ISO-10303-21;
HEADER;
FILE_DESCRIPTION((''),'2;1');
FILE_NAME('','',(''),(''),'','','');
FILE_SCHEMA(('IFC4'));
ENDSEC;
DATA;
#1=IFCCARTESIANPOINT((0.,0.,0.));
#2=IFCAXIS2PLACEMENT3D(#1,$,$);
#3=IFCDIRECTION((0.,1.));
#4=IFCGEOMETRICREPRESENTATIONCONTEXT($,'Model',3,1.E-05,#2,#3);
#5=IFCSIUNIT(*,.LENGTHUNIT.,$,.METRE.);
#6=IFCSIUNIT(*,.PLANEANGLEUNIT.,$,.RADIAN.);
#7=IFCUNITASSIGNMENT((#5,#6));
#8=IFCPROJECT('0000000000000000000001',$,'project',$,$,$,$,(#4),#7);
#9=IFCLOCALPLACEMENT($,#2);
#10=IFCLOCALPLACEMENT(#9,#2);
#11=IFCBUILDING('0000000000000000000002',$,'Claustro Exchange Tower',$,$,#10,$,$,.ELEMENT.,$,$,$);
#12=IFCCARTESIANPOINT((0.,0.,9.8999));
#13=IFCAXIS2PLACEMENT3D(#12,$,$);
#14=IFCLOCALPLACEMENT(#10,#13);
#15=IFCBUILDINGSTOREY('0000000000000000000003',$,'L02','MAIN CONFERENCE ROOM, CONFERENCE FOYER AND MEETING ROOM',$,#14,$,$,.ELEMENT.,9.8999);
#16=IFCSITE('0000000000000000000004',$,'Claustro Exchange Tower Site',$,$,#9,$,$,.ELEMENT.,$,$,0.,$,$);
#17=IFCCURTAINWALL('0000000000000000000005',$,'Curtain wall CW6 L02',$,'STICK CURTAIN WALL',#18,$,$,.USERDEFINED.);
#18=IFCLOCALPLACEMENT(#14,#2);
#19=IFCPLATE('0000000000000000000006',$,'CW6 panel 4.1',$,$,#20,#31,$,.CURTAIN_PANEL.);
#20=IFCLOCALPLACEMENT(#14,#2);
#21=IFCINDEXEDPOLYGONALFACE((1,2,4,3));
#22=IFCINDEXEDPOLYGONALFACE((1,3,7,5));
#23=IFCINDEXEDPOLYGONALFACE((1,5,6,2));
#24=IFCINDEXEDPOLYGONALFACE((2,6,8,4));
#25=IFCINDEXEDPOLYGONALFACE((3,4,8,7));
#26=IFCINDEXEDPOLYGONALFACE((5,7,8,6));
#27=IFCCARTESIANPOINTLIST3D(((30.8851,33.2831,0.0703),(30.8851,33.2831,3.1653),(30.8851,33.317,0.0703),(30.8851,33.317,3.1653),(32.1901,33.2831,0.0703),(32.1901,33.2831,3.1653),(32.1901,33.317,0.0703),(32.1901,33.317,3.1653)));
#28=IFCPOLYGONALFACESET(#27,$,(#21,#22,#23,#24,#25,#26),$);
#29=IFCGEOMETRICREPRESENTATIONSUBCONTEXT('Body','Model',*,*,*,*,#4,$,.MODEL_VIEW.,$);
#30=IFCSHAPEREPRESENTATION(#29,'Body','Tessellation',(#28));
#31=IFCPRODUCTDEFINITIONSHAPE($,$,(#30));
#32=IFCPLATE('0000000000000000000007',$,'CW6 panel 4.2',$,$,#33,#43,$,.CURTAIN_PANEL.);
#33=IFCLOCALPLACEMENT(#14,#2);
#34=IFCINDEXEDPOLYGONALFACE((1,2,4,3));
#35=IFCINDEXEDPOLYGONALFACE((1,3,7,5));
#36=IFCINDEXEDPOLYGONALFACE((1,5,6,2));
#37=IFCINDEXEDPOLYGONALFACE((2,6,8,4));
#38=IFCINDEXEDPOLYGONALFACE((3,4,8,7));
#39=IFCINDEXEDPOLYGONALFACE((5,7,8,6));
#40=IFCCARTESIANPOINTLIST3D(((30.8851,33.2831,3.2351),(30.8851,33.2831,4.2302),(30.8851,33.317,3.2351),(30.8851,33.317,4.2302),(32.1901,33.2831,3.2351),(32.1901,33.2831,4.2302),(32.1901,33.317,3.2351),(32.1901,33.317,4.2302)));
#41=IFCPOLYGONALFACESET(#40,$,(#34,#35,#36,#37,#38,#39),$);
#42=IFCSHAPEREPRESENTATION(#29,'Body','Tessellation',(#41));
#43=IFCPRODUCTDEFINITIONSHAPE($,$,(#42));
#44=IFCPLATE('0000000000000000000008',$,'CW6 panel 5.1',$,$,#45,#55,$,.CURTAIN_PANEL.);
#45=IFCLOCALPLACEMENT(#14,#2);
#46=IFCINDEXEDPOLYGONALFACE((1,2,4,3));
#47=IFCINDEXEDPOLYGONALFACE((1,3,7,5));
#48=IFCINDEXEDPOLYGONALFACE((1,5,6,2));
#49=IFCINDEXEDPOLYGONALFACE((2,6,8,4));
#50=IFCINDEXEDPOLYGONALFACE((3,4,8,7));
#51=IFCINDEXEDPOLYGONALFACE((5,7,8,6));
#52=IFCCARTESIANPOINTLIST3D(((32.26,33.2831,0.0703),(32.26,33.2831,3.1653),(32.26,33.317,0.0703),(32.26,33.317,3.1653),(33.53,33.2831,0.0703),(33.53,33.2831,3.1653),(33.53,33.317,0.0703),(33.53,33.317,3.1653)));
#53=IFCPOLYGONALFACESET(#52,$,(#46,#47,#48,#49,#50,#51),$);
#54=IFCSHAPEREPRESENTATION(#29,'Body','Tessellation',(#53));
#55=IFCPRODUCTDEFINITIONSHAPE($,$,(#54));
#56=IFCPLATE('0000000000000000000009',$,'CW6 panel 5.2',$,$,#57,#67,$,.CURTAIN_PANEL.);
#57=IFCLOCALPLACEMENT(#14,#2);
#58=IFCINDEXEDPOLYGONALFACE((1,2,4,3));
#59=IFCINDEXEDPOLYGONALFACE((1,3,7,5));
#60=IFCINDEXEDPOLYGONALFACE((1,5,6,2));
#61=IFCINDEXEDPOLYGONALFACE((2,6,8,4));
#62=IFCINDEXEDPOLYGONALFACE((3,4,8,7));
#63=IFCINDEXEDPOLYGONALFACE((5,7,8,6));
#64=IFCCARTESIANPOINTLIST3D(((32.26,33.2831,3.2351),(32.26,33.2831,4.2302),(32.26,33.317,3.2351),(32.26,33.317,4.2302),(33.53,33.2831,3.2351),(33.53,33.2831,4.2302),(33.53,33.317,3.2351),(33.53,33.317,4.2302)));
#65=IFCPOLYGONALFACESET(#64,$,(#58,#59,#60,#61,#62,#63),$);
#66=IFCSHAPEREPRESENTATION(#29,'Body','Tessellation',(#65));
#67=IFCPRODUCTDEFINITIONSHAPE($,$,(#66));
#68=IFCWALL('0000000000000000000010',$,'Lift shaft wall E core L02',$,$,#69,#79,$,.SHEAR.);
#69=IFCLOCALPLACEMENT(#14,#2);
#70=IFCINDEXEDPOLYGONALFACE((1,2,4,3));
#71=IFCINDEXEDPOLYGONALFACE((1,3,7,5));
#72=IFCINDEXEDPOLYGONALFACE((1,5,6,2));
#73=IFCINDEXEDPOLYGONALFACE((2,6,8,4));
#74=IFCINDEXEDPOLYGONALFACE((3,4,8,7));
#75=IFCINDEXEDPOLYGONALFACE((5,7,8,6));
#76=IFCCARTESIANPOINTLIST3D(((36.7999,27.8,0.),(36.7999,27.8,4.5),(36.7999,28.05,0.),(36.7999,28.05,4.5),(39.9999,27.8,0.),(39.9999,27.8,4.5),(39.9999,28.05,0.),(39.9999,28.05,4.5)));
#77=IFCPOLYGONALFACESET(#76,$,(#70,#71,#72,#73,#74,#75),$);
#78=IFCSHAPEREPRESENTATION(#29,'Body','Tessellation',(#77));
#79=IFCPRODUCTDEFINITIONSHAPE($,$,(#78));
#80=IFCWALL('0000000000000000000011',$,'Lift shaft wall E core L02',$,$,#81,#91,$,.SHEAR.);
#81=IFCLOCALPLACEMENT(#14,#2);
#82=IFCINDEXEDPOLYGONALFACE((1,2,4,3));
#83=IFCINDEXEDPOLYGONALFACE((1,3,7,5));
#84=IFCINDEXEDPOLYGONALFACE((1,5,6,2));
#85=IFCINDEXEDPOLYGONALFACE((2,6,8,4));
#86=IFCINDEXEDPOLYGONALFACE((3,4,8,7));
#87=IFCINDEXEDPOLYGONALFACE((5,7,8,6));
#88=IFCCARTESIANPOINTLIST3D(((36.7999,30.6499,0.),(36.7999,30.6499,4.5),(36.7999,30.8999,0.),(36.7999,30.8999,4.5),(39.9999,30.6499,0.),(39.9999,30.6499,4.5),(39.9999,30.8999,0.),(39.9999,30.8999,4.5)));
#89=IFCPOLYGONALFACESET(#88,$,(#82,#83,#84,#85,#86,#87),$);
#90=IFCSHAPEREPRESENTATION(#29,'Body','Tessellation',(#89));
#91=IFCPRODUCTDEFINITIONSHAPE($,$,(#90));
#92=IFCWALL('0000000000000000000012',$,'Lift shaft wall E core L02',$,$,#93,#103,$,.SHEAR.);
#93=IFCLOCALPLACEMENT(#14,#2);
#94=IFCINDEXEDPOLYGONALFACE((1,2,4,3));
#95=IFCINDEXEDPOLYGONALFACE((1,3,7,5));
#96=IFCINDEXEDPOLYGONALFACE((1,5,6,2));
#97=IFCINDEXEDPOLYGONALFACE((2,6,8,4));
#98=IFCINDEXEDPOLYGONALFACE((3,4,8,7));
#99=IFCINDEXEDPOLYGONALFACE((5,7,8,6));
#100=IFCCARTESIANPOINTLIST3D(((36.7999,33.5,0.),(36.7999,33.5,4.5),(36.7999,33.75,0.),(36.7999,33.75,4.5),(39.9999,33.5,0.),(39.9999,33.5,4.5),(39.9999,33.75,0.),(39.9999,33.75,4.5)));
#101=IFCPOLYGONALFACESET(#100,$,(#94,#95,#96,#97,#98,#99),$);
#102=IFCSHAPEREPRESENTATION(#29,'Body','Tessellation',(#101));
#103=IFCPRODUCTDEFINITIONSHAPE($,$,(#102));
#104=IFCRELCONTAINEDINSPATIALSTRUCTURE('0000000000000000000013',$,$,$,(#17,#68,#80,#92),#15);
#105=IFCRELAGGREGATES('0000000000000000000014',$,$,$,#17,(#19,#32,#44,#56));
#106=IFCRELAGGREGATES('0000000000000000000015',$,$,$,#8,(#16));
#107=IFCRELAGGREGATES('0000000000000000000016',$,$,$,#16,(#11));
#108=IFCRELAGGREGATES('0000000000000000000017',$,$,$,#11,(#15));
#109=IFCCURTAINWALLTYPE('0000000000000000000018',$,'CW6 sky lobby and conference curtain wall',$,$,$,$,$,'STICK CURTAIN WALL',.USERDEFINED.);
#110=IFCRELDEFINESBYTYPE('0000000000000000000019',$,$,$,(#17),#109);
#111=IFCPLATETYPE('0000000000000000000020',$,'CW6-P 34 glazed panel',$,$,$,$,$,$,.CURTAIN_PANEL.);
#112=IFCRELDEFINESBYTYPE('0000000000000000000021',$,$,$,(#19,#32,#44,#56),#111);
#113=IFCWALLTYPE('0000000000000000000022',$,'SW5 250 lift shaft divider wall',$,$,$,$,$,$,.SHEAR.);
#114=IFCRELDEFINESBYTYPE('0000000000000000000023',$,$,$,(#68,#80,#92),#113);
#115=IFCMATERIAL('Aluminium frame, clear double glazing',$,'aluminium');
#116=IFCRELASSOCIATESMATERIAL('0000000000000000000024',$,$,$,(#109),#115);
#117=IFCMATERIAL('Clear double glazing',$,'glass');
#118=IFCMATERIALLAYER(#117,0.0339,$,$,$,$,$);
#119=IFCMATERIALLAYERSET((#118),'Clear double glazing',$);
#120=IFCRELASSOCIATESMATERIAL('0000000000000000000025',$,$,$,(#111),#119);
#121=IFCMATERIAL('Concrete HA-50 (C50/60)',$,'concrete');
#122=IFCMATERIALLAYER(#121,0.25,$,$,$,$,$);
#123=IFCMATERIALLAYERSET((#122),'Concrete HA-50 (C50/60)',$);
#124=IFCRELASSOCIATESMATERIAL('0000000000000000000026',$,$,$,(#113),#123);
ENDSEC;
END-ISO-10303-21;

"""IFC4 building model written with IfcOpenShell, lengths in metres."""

from ifc_helpers import new_model, si_unit, direction, frame, frame_2d, origin, origin_2d, place, context, subcontext, project, spatial, rectangle, extrude, material, layer, layer_set, type_object, element, aggregate, save


model = new_model("IFC4")

# Units and contexts
model_context = context("Model", 3, precision=1e-05, world=origin(), true_north=direction((0.0, 1.0)))
body_context = subcontext(model_context, "Body", "Model", "MODEL_VIEW")
ifc_project = project(units=[si_unit("LENGTHUNIT", "METRE"), si_unit("PLANEANGLEUNIT", "RADIAN")], contexts=[model_context])

# Site, building, storey
site_placement = place(None, origin())
site = spatial("IfcSite", under=ifc_project, at=site_placement, Name="Claustro Exchange Tower Site", CompositionType="ELEMENT", RefElevation=0.0)
building_placement = place(site_placement, origin())
building = spatial("IfcBuilding", under=site, at=building_placement, Name="Claustro Exchange Tower", CompositionType="ELEMENT")
storey_placement = place(building_placement, frame((0.0, 0.0, 9.8999)))
storey = spatial("IfcBuildingStorey", under=building, at=storey_placement, Name="L02", Description="MAIN CONFERENCE ROOM, CONFERENCE FOYER AND MEETING ROOM", CompositionType="ELEMENT", Elevation=9.8999)

# Curtain wall, plates
ifc_material_1 = material(Name="Aluminium frame, clear double glazing", Category="aluminium")
curtain_wall_type = type_object("IfcCurtainWallType", Name="CW6 sky lobby and conference curtain wall", ElementType="STICK CURTAIN WALL", PredefinedType="USERDEFINED", material=ifc_material_1)
curtain_wall_placement = place(storey_placement, origin())
curtain_wall = element("IfcCurtainWall", 1, at=curtain_wall_placement, inside=storey, type_object=curtain_wall_type, Name="Curtain wall CW6 L02", ObjectType="STICK CURTAIN WALL", PredefinedType="USERDEFINED")
ifc_material_2 = material(Name="Clear double glazing", Category="glass")
ifc_layer_1 = layer(ifc_material_2, 0.0339)
ifc_layer_set_1 = layer_set([ifc_layer_1], Name="Clear double glazing")
plate_type = type_object("IfcPlateType", Name="CW6-P 34 glazed panel", PredefinedType="CURTAIN_PANEL", material=ifc_layer_set_1)
plate_1_placement = place(storey_placement, frame((31.5376, 33.3, 0.0703), z_axis=(0.0, 0.0, 1.0), x_axis=(1.0, 0.0, 0.0)))
plate_1 = element("IfcPlate", 2, at=plate_1_placement, type_object=plate_type, Name="CW6 panel 4.1", PredefinedType="CURTAIN_PANEL", context=body_context, shape_type="SweptSolid", body=[
    extrude(rectangle(XDim=1.3049, YDim=0.0339, at=origin_2d()), origin(), (0.0, 0.0, 1.0), 3.095),
])
plate_2_placement = place(storey_placement, frame((31.5376, 33.3, 3.2351), z_axis=(0.0, 0.0, 1.0), x_axis=(1.0, 0.0, 0.0)))
plate_2 = element("IfcPlate", 3, at=plate_2_placement, type_object=plate_type, Name="CW6 panel 4.2", PredefinedType="CURTAIN_PANEL", context=body_context, shape_type="SweptSolid", body=[
    extrude(rectangle(XDim=1.3049, YDim=0.0339, at=origin_2d()), origin(), (0.0, 0.0, 1.0), 0.9951),
])
plate_3_placement = place(storey_placement, frame((32.895, 33.3, 0.0703), z_axis=(0.0, 0.0, 1.0), x_axis=(1.0, 0.0, 0.0)))
plate_3 = element("IfcPlate", 4, at=plate_3_placement, type_object=plate_type, Name="CW6 panel 5.1", PredefinedType="CURTAIN_PANEL", context=body_context, shape_type="SweptSolid", body=[
    extrude(rectangle(XDim=1.27, YDim=0.0339, at=origin_2d()), origin(), (0.0, 0.0, 1.0), 3.095),
])
plate_4_placement = place(storey_placement, frame((32.895, 33.3, 3.2351), z_axis=(0.0, 0.0, 1.0), x_axis=(1.0, 0.0, 0.0)))
plate_4 = element("IfcPlate", 5, at=plate_4_placement, type_object=plate_type, Name="CW6 panel 5.2", PredefinedType="CURTAIN_PANEL", context=body_context, shape_type="SweptSolid", body=[
    extrude(rectangle(XDim=1.27, YDim=0.0339, at=origin_2d()), origin(), (0.0, 0.0, 1.0), 0.9951),
])
aggregate(curtain_wall, [plate_1, plate_2, plate_3, plate_4])

# Walls
ifc_material_3 = material(Name="Concrete HA-50 (C50/60)", Category="concrete")
ifc_layer_2 = layer(ifc_material_3, 0.25)
ifc_layer_set_2 = layer_set([ifc_layer_2], Name="Concrete HA-50 (C50/60)")
wall_type = type_object("IfcWallType", Name="SW5 250 lift shaft divider wall", PredefinedType="SHEAR", material=ifc_layer_set_2)
for number, where, z_axis, x_axis, name in (
    (6, (40.0, 27.925, 0.0), (0.0, 0.0, 1.0), (-1.0, 0.0, 0.0), "Lift shaft wall E core L02"),
    (7, (40.0, 30.7749, 0.0), (0.0, 0.0, 1.0), (-1.0, 0.0, 0.0), "Lift shaft wall E core L02"),
    (8, (40.0, 33.625, 0.0), (0.0, 0.0, 1.0), (-1.0, 0.0, 0.0), "Lift shaft wall E core L02"),
):
    element("IfcWall", number, at=place(storey_placement, frame(where, z_axis=z_axis, x_axis=x_axis)), inside=storey, type_object=wall_type, Name=name, PredefinedType="SHEAR", context=body_context, shape_type="SweptSolid", body=[
        extrude(rectangle(XDim=3.2, YDim=0.25, at=frame_2d((1.6001, 0.0))), origin(), (0.0, 0.0, 1.0), 4.5),
    ])

save(model, "model.ifc")
